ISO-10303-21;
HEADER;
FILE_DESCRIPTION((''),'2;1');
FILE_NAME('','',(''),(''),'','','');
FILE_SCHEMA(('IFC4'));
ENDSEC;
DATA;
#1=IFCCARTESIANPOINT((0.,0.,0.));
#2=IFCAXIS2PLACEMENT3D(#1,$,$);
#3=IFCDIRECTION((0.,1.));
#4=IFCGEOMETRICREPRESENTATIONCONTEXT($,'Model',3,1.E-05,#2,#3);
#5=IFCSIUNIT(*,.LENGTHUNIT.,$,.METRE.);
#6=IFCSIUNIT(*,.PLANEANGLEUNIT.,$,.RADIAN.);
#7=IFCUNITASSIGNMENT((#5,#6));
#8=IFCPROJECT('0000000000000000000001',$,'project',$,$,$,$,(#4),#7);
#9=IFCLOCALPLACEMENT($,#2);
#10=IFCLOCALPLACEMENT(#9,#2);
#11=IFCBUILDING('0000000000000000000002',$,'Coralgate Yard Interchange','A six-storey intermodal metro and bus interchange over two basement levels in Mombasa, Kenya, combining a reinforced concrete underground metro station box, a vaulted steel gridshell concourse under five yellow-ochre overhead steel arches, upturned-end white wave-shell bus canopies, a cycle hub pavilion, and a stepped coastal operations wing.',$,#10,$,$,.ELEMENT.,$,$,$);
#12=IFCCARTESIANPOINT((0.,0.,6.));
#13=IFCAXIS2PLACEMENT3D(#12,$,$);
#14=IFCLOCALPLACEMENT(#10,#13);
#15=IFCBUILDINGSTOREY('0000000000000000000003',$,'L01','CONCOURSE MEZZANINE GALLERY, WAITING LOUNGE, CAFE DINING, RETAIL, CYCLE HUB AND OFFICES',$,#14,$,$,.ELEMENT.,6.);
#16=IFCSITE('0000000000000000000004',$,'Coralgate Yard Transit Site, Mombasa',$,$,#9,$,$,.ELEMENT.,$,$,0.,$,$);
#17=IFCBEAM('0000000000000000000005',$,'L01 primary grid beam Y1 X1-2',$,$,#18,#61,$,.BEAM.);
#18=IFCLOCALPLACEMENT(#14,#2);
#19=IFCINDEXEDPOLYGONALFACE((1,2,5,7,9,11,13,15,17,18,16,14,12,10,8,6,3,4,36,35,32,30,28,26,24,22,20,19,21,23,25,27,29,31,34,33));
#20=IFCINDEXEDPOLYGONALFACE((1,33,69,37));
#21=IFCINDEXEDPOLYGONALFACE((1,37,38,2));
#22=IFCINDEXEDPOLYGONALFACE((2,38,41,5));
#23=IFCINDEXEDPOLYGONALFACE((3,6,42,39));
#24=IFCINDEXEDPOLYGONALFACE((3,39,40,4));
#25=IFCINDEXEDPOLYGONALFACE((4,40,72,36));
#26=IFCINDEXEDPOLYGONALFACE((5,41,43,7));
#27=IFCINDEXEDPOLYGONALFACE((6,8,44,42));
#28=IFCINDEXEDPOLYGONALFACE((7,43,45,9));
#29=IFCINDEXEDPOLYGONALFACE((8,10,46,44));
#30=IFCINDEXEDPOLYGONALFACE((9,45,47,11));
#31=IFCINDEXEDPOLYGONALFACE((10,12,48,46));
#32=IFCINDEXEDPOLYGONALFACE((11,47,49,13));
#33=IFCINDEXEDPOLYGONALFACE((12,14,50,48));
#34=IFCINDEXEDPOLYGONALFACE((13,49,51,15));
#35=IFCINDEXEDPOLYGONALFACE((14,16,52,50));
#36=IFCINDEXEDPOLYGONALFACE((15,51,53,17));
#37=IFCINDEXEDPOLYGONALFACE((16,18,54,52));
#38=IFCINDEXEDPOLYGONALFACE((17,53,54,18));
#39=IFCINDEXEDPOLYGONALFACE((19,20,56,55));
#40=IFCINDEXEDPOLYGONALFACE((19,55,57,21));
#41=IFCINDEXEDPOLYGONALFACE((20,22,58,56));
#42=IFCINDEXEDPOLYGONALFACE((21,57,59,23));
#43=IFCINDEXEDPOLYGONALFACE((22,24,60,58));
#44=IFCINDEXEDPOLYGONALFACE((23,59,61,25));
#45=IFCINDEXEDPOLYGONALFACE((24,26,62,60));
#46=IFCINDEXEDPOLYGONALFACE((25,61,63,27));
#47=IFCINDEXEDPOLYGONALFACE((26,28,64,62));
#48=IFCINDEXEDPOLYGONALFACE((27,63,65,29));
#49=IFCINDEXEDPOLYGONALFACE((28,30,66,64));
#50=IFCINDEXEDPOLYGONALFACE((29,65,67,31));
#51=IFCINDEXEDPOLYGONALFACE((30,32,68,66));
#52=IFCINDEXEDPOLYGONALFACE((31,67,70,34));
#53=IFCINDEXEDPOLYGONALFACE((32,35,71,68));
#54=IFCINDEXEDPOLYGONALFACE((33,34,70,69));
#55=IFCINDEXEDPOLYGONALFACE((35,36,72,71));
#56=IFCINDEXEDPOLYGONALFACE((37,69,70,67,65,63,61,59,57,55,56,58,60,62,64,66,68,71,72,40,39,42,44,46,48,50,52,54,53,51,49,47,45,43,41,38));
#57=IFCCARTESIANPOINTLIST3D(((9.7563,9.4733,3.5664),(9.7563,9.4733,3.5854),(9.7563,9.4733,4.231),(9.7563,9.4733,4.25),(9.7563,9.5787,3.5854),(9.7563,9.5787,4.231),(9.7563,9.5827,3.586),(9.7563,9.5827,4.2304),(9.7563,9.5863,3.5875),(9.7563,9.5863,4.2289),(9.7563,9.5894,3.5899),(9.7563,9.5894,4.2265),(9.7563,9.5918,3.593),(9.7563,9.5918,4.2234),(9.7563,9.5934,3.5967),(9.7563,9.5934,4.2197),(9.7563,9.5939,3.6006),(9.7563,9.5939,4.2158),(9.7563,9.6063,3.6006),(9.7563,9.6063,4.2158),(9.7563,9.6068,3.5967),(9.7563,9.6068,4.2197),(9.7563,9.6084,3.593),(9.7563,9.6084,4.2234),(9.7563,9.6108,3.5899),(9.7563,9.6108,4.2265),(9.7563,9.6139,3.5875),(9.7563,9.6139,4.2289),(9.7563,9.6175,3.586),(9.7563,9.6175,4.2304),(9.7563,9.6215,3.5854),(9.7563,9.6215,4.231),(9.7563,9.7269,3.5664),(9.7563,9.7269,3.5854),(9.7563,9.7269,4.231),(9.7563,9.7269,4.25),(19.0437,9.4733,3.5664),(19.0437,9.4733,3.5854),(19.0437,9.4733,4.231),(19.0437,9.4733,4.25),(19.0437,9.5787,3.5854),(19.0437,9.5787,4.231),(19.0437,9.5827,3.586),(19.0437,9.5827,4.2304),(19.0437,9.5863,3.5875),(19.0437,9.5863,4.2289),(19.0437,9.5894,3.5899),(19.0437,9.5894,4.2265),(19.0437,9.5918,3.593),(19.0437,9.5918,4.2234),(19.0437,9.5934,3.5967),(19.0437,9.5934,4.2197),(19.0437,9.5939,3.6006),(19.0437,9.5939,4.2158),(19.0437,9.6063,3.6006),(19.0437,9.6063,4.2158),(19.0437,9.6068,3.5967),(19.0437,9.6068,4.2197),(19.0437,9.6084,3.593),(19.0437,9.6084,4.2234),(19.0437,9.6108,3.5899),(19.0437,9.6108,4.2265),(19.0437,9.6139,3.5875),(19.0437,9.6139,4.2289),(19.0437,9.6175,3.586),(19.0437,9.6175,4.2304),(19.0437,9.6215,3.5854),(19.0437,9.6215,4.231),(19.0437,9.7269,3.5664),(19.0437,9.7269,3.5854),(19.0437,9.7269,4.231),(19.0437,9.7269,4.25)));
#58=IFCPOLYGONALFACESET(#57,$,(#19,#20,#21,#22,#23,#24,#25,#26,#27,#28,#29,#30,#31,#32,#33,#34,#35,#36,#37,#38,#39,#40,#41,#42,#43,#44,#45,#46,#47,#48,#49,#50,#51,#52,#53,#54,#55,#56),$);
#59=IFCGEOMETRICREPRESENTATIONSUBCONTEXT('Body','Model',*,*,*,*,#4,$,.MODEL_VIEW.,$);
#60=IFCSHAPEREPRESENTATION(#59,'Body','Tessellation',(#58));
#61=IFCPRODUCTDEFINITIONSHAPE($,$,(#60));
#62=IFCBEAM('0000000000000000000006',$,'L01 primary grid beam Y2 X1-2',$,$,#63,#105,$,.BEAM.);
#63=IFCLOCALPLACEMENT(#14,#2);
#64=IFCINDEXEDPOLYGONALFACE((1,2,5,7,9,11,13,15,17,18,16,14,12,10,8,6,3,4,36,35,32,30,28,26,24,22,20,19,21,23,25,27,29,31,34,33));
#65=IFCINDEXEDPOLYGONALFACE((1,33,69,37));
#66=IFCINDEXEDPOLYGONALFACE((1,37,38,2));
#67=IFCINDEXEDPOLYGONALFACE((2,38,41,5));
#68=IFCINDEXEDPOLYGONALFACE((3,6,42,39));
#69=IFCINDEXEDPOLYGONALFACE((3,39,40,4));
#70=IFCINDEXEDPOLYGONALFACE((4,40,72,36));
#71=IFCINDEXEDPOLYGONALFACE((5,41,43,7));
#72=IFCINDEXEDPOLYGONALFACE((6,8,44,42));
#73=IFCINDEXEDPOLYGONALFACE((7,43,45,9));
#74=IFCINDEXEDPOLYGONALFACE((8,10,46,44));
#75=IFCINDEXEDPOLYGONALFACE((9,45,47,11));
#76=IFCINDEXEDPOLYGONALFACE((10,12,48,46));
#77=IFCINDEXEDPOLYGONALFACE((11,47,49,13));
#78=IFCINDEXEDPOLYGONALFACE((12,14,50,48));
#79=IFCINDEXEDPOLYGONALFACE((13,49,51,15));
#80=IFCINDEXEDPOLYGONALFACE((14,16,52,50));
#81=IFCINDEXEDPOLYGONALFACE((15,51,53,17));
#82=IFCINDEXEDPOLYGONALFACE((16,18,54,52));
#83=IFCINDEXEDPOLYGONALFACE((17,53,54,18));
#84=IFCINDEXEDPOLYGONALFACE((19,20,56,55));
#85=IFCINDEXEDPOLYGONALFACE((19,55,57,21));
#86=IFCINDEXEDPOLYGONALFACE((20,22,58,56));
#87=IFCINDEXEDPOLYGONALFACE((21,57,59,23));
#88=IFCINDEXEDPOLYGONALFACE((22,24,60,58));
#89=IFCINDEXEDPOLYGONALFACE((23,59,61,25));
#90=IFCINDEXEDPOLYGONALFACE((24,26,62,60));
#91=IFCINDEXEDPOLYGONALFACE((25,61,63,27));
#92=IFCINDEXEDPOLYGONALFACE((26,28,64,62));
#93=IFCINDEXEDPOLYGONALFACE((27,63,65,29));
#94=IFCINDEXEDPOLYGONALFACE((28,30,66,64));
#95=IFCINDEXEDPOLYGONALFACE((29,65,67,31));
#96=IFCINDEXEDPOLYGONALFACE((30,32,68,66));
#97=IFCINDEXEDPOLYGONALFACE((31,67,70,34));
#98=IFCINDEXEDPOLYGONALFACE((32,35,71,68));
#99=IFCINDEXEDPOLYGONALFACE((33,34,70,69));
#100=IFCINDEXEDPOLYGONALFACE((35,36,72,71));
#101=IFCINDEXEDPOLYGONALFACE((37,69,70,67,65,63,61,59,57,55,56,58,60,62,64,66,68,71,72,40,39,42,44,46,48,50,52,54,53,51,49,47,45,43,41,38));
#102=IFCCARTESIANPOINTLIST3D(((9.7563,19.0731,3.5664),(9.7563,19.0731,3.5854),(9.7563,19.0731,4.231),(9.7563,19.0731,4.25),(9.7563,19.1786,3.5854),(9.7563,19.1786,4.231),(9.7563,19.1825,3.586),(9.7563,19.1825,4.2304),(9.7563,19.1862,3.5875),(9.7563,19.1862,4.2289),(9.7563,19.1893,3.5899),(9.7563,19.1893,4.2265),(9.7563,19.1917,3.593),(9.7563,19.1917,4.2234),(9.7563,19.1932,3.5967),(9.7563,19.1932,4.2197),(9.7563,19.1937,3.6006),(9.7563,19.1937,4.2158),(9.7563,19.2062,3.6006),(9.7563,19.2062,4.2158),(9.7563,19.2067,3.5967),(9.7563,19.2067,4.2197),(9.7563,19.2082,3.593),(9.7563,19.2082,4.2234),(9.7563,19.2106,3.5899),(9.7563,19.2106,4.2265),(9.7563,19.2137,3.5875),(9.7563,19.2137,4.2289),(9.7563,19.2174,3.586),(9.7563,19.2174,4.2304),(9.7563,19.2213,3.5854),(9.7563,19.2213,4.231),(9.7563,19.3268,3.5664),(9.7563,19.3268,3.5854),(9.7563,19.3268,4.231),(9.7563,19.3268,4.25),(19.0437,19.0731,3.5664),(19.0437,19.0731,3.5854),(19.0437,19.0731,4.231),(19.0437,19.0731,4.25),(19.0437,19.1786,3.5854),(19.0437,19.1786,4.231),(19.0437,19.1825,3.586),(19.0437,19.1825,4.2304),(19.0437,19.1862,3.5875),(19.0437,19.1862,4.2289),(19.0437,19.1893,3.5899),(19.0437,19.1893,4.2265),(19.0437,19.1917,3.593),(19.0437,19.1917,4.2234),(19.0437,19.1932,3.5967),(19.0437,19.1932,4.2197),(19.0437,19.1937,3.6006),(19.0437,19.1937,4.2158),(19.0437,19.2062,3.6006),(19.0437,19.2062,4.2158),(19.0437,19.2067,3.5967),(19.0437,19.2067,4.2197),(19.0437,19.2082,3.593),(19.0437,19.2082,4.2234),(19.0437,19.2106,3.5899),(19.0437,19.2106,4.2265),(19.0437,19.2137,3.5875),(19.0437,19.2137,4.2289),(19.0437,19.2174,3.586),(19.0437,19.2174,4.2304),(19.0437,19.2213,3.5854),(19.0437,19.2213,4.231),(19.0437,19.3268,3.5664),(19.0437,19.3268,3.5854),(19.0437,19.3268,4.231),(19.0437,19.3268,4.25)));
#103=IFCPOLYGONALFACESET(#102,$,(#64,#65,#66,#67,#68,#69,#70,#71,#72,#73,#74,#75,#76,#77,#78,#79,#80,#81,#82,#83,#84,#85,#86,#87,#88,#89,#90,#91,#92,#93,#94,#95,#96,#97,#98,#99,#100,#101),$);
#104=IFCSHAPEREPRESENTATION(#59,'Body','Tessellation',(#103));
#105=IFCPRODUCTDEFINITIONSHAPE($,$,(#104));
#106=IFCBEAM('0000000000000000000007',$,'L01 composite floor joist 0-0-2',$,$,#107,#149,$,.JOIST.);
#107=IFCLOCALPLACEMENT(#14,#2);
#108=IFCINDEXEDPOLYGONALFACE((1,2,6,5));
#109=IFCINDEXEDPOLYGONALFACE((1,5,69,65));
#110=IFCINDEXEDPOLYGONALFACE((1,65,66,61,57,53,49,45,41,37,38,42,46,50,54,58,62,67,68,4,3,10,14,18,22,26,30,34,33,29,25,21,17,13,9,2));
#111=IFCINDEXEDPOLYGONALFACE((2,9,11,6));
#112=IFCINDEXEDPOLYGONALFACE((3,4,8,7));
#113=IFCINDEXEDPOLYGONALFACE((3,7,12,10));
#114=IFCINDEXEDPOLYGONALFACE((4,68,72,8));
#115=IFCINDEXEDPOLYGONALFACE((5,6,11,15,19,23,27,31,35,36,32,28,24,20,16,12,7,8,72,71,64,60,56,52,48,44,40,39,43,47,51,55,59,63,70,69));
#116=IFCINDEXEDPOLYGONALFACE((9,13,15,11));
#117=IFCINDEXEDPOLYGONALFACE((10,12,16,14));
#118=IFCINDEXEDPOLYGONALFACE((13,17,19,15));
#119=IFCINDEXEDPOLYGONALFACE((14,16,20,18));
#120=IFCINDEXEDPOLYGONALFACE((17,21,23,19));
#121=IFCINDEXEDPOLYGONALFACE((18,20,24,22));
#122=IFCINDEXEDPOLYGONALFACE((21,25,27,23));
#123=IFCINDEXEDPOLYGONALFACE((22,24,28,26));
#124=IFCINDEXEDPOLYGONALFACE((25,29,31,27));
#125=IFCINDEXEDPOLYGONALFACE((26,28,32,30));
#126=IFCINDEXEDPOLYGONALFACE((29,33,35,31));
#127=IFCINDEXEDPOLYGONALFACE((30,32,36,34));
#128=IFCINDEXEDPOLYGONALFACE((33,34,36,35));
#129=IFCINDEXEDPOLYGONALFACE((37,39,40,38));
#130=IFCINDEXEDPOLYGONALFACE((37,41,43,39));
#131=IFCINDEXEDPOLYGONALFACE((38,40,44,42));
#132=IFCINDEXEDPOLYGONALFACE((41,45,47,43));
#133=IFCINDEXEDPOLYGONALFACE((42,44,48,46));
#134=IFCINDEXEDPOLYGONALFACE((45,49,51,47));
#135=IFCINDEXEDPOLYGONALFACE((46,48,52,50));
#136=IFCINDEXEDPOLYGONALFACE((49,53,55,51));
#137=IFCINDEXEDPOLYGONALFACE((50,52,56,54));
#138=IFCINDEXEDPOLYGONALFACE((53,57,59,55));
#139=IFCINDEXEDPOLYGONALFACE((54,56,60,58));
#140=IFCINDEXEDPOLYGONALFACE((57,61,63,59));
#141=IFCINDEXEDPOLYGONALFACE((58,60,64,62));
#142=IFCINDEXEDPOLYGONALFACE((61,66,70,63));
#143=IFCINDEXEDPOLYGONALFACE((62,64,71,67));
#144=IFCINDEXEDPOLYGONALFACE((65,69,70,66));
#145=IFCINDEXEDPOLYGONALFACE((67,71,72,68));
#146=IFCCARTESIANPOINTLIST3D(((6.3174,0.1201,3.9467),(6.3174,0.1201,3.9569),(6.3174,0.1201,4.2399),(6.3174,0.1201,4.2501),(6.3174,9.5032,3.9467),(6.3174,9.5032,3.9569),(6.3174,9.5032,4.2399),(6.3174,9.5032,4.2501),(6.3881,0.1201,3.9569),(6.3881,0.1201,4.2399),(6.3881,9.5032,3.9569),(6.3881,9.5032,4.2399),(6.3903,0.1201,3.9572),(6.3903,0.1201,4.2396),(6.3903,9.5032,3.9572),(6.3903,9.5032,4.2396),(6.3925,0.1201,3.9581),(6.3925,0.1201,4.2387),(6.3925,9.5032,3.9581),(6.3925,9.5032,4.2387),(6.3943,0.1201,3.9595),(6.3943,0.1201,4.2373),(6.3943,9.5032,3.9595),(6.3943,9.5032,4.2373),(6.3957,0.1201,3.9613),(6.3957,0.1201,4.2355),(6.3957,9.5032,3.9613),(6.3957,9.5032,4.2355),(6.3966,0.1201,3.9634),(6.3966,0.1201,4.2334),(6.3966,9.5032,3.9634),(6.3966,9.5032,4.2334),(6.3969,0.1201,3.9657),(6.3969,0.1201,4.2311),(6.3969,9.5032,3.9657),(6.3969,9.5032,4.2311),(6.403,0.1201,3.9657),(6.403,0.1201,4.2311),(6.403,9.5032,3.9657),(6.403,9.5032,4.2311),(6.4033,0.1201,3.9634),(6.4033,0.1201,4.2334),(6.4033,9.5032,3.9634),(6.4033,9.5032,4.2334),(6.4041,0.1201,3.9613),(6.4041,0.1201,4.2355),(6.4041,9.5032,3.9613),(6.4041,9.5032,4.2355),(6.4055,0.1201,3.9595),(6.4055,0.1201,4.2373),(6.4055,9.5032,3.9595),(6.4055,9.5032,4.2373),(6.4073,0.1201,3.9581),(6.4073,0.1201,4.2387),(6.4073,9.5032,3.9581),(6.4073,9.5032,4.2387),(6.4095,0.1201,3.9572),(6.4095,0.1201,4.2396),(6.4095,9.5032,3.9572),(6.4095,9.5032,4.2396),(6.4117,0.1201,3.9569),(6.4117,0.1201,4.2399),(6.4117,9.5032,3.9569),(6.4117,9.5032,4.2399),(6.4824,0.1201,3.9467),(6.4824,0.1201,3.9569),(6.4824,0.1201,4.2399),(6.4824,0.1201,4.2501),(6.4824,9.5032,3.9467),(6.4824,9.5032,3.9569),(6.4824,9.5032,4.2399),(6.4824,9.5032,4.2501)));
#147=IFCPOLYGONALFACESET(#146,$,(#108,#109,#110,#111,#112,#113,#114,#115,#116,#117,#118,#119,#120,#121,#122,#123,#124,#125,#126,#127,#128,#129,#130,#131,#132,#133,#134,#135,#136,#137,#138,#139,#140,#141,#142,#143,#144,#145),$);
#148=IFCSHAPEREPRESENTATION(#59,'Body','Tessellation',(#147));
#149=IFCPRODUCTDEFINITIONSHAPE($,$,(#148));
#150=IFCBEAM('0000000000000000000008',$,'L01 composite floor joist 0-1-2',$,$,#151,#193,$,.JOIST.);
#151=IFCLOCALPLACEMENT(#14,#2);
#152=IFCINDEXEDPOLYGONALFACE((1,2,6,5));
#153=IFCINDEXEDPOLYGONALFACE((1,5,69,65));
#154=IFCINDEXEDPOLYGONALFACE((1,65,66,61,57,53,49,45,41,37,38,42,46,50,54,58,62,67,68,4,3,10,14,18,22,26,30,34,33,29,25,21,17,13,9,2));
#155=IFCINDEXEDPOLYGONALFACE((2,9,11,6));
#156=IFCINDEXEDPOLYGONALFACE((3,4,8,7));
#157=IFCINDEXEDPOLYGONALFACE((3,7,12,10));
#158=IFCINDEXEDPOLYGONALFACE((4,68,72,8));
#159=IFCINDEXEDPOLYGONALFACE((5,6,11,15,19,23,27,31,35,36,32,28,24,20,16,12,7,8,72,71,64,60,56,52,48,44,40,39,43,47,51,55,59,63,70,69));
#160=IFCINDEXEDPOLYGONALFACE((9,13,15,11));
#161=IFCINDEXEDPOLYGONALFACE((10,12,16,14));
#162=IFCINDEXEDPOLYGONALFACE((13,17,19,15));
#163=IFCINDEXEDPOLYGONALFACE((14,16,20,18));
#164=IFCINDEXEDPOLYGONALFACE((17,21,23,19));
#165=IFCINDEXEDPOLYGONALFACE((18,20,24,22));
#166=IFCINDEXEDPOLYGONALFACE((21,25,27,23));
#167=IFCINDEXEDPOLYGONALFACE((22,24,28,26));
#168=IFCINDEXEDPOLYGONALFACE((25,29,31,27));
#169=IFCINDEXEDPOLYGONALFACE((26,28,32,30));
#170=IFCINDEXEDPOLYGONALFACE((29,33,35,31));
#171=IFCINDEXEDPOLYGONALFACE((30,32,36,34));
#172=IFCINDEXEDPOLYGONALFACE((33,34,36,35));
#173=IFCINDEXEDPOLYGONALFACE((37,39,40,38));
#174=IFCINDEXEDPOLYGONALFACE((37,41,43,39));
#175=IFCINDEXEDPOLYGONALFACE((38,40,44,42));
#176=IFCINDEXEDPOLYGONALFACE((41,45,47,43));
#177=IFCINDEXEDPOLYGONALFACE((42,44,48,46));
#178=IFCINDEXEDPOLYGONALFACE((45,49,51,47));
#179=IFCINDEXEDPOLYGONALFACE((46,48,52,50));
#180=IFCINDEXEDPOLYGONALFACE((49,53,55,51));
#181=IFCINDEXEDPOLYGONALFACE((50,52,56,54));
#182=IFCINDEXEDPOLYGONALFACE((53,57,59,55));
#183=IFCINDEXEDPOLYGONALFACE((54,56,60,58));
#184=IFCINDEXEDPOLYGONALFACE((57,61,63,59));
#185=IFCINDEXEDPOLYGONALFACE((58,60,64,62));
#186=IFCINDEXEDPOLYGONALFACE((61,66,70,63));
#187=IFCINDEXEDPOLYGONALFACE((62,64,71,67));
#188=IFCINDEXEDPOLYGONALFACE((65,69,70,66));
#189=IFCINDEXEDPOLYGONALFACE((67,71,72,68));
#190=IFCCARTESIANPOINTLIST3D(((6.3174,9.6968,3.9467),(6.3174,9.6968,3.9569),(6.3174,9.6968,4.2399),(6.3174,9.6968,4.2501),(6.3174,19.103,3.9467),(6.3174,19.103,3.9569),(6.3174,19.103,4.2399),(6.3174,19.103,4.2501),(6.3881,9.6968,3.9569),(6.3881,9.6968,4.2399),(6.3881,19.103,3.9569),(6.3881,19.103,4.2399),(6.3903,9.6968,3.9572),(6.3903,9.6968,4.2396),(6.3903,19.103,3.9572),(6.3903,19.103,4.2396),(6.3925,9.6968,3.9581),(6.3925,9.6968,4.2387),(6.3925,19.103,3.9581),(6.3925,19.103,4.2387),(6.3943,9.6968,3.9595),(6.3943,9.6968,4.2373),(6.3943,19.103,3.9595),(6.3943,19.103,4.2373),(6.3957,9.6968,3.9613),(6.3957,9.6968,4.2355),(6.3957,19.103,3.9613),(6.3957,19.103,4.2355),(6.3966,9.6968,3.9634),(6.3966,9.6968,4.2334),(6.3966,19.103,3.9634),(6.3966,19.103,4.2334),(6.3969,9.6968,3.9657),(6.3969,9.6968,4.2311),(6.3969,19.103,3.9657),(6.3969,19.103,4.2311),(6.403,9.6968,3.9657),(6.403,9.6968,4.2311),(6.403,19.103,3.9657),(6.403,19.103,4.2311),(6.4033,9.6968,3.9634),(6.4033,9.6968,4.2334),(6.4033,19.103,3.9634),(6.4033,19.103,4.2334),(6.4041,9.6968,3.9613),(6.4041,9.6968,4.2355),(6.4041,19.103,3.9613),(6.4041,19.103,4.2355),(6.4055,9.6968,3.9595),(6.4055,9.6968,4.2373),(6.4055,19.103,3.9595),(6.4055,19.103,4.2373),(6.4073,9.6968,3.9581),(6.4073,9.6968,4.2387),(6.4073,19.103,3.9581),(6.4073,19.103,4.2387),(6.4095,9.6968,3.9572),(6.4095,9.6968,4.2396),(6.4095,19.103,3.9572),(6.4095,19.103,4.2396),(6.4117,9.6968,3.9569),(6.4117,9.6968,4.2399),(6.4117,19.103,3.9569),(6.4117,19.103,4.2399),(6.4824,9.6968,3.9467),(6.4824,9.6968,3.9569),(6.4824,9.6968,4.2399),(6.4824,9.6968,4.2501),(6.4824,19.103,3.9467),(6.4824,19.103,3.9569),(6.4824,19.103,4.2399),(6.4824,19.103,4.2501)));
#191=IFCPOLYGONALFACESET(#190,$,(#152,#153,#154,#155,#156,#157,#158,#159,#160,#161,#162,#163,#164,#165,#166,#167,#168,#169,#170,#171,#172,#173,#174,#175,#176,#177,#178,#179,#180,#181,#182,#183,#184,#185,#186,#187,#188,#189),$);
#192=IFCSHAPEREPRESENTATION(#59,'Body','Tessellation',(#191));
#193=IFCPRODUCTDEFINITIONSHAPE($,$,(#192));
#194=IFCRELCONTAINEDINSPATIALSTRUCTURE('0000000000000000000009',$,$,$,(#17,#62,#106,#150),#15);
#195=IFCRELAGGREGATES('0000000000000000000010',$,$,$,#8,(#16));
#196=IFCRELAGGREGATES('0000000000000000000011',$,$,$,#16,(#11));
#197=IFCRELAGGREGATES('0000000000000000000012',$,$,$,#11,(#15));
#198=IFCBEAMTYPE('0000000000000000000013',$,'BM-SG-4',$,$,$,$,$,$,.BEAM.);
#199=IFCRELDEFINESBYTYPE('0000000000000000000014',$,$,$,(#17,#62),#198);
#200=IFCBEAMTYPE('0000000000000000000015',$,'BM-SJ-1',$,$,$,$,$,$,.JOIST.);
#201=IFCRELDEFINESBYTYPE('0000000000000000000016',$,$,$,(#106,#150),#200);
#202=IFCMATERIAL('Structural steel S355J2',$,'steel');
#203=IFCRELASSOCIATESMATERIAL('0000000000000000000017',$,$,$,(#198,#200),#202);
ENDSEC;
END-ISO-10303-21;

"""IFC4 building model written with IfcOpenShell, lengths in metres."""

from ifc_helpers import new_model, si_unit, direction, frame, origin, origin_2d, place, context, subcontext, project, spatial, i_section, extrude, material, material_profile, profile_set, type_object, element, save


model = new_model("IFC4")

# Units and contexts
model_context = context("Model", 3, precision=1e-05, world=origin(), true_north=direction((0.0, 1.0)))
body_context = subcontext(model_context, "Body", "Model", "MODEL_VIEW")
ifc_project = project(units=[si_unit("LENGTHUNIT", "METRE"), si_unit("PLANEANGLEUNIT", "RADIAN")], contexts=[model_context])

# Site, building, storey
site_placement = place(None, origin())
site = spatial("IfcSite", under=ifc_project, at=site_placement, Name="Coralgate Yard Transit Site, Mombasa", CompositionType="ELEMENT", RefElevation=0.0)
building_placement = place(site_placement, origin())
building = spatial("IfcBuilding", under=site, at=building_placement, Name="Coralgate Yard Interchange", Description="A six-storey intermodal metro and bus interchange over two basement levels in Mombasa, Kenya, combining a reinforced concrete underground metro station box, a vaulted steel gridshell concourse under five yellow-ochre overhead steel arches, upturned-end white wave-shell bus canopies, a cycle hub pavilion, and a stepped coastal operations wing.", CompositionType="ELEMENT")
storey_placement = place(building_placement, frame((0.0, 0.0, 6.0)))
storey = spatial("IfcBuildingStorey", under=building, at=storey_placement, Name="L01", Description="CONCOURSE MEZZANINE GALLERY, WAITING LOUNGE, CAFE DINING, RETAIL, CYCLE HUB AND OFFICES", CompositionType="ELEMENT", Elevation=6.0)

# Shared definitions
ifc_material_1 = material(Name="Structural steel S355J2", Category="steel")

# Beams
ifc_material_profile_1 = material_profile(ifc_material_1, i_section(OverallWidth=0.2537, OverallDepth=0.6836, WebThickness=0.0125, FlangeThickness=0.019, FilletRadius=0.0151, at=origin_2d()), Name="UB 686x254x140")
ifc_profile_set_1 = profile_set([ifc_material_profile_1], Name="Structural steel S355J2")
beam_type_1 = type_object("IfcBeamType", Name="BM-SG-4", PredefinedType="BEAM", material=ifc_profile_set_1)
for number, where, z_axis, x_axis, name in (
    (1, (9.7563, 9.6001, 3.9082), (1.0, 0.0, 0.0), (0.0, 1.0, 0.0), "L01 primary grid beam Y1 X1-2"),
    (2, (9.7563, 19.2, 3.9082), (1.0, 0.0, 0.0), (0.0, 1.0, 0.0), "L01 primary grid beam Y2 X1-2"),
):
    element("IfcBeam", number, at=place(storey_placement, frame(where, z_axis=z_axis, x_axis=x_axis)), inside=storey, type_object=beam_type_1, Name=name, PredefinedType="BEAM", context=body_context, shape_type="SweptSolid", body=[
        extrude(i_section(OverallWidth=0.2537, OverallDepth=0.6836, WebThickness=0.0125, FlangeThickness=0.019, FilletRadius=0.0151, at=origin_2d()), origin(), (0.0, 0.0, 1.0), 9.2874),
    ])
ifc_material_profile_2 = material_profile(ifc_material_1, i_section(OverallWidth=0.165, OverallDepth=0.3035, WebThickness=0.0061, FlangeThickness=0.0103, FilletRadius=0.0088, at=origin_2d()), Name="UB 305x165x40")
ifc_profile_set_2 = profile_set([ifc_material_profile_2], Name="Structural steel S355J2")
beam_type_2 = type_object("IfcBeamType", Name="BM-SJ-1", PredefinedType="JOIST", material=ifc_profile_set_2)
beam_1_placement = place(storey_placement, frame((6.3999, 0.1201, 4.0984), z_axis=(0.0, 1.0, 0.0), x_axis=(-1.0, 0.0, 0.0)))
element("IfcBeam", 3, at=beam_1_placement, inside=storey, type_object=beam_type_2, Name="L01 composite floor joist 0-0-2", PredefinedType="JOIST", context=body_context, shape_type="SweptSolid", body=[
    extrude(i_section(OverallWidth=0.165, OverallDepth=0.3035, WebThickness=0.0061, FlangeThickness=0.0103, FilletRadius=0.0088, at=origin_2d()), origin(), (0.0, 0.0, 1.0), 9.3831),
])
for number, where, z_axis, x_axis, name in (
    (4, (6.3999, 9.6968, 4.0984), (0.0, 1.0, 0.0), (-1.0, 0.0, 0.0), "L01 composite floor joist 0-1-2"),
):
    element("IfcBeam", number, at=place(storey_placement, frame(where, z_axis=z_axis, x_axis=x_axis)), inside=storey, type_object=beam_type_2, Name=name, PredefinedType="JOIST", context=body_context, shape_type="SweptSolid", body=[
        extrude(i_section(OverallWidth=0.165, OverallDepth=0.3035, WebThickness=0.0061, FlangeThickness=0.0103, FilletRadius=0.0088, at=origin_2d()), origin(), (0.0, 0.0, 1.0), 9.4062),
    ])

save(model, "model.ifc")
